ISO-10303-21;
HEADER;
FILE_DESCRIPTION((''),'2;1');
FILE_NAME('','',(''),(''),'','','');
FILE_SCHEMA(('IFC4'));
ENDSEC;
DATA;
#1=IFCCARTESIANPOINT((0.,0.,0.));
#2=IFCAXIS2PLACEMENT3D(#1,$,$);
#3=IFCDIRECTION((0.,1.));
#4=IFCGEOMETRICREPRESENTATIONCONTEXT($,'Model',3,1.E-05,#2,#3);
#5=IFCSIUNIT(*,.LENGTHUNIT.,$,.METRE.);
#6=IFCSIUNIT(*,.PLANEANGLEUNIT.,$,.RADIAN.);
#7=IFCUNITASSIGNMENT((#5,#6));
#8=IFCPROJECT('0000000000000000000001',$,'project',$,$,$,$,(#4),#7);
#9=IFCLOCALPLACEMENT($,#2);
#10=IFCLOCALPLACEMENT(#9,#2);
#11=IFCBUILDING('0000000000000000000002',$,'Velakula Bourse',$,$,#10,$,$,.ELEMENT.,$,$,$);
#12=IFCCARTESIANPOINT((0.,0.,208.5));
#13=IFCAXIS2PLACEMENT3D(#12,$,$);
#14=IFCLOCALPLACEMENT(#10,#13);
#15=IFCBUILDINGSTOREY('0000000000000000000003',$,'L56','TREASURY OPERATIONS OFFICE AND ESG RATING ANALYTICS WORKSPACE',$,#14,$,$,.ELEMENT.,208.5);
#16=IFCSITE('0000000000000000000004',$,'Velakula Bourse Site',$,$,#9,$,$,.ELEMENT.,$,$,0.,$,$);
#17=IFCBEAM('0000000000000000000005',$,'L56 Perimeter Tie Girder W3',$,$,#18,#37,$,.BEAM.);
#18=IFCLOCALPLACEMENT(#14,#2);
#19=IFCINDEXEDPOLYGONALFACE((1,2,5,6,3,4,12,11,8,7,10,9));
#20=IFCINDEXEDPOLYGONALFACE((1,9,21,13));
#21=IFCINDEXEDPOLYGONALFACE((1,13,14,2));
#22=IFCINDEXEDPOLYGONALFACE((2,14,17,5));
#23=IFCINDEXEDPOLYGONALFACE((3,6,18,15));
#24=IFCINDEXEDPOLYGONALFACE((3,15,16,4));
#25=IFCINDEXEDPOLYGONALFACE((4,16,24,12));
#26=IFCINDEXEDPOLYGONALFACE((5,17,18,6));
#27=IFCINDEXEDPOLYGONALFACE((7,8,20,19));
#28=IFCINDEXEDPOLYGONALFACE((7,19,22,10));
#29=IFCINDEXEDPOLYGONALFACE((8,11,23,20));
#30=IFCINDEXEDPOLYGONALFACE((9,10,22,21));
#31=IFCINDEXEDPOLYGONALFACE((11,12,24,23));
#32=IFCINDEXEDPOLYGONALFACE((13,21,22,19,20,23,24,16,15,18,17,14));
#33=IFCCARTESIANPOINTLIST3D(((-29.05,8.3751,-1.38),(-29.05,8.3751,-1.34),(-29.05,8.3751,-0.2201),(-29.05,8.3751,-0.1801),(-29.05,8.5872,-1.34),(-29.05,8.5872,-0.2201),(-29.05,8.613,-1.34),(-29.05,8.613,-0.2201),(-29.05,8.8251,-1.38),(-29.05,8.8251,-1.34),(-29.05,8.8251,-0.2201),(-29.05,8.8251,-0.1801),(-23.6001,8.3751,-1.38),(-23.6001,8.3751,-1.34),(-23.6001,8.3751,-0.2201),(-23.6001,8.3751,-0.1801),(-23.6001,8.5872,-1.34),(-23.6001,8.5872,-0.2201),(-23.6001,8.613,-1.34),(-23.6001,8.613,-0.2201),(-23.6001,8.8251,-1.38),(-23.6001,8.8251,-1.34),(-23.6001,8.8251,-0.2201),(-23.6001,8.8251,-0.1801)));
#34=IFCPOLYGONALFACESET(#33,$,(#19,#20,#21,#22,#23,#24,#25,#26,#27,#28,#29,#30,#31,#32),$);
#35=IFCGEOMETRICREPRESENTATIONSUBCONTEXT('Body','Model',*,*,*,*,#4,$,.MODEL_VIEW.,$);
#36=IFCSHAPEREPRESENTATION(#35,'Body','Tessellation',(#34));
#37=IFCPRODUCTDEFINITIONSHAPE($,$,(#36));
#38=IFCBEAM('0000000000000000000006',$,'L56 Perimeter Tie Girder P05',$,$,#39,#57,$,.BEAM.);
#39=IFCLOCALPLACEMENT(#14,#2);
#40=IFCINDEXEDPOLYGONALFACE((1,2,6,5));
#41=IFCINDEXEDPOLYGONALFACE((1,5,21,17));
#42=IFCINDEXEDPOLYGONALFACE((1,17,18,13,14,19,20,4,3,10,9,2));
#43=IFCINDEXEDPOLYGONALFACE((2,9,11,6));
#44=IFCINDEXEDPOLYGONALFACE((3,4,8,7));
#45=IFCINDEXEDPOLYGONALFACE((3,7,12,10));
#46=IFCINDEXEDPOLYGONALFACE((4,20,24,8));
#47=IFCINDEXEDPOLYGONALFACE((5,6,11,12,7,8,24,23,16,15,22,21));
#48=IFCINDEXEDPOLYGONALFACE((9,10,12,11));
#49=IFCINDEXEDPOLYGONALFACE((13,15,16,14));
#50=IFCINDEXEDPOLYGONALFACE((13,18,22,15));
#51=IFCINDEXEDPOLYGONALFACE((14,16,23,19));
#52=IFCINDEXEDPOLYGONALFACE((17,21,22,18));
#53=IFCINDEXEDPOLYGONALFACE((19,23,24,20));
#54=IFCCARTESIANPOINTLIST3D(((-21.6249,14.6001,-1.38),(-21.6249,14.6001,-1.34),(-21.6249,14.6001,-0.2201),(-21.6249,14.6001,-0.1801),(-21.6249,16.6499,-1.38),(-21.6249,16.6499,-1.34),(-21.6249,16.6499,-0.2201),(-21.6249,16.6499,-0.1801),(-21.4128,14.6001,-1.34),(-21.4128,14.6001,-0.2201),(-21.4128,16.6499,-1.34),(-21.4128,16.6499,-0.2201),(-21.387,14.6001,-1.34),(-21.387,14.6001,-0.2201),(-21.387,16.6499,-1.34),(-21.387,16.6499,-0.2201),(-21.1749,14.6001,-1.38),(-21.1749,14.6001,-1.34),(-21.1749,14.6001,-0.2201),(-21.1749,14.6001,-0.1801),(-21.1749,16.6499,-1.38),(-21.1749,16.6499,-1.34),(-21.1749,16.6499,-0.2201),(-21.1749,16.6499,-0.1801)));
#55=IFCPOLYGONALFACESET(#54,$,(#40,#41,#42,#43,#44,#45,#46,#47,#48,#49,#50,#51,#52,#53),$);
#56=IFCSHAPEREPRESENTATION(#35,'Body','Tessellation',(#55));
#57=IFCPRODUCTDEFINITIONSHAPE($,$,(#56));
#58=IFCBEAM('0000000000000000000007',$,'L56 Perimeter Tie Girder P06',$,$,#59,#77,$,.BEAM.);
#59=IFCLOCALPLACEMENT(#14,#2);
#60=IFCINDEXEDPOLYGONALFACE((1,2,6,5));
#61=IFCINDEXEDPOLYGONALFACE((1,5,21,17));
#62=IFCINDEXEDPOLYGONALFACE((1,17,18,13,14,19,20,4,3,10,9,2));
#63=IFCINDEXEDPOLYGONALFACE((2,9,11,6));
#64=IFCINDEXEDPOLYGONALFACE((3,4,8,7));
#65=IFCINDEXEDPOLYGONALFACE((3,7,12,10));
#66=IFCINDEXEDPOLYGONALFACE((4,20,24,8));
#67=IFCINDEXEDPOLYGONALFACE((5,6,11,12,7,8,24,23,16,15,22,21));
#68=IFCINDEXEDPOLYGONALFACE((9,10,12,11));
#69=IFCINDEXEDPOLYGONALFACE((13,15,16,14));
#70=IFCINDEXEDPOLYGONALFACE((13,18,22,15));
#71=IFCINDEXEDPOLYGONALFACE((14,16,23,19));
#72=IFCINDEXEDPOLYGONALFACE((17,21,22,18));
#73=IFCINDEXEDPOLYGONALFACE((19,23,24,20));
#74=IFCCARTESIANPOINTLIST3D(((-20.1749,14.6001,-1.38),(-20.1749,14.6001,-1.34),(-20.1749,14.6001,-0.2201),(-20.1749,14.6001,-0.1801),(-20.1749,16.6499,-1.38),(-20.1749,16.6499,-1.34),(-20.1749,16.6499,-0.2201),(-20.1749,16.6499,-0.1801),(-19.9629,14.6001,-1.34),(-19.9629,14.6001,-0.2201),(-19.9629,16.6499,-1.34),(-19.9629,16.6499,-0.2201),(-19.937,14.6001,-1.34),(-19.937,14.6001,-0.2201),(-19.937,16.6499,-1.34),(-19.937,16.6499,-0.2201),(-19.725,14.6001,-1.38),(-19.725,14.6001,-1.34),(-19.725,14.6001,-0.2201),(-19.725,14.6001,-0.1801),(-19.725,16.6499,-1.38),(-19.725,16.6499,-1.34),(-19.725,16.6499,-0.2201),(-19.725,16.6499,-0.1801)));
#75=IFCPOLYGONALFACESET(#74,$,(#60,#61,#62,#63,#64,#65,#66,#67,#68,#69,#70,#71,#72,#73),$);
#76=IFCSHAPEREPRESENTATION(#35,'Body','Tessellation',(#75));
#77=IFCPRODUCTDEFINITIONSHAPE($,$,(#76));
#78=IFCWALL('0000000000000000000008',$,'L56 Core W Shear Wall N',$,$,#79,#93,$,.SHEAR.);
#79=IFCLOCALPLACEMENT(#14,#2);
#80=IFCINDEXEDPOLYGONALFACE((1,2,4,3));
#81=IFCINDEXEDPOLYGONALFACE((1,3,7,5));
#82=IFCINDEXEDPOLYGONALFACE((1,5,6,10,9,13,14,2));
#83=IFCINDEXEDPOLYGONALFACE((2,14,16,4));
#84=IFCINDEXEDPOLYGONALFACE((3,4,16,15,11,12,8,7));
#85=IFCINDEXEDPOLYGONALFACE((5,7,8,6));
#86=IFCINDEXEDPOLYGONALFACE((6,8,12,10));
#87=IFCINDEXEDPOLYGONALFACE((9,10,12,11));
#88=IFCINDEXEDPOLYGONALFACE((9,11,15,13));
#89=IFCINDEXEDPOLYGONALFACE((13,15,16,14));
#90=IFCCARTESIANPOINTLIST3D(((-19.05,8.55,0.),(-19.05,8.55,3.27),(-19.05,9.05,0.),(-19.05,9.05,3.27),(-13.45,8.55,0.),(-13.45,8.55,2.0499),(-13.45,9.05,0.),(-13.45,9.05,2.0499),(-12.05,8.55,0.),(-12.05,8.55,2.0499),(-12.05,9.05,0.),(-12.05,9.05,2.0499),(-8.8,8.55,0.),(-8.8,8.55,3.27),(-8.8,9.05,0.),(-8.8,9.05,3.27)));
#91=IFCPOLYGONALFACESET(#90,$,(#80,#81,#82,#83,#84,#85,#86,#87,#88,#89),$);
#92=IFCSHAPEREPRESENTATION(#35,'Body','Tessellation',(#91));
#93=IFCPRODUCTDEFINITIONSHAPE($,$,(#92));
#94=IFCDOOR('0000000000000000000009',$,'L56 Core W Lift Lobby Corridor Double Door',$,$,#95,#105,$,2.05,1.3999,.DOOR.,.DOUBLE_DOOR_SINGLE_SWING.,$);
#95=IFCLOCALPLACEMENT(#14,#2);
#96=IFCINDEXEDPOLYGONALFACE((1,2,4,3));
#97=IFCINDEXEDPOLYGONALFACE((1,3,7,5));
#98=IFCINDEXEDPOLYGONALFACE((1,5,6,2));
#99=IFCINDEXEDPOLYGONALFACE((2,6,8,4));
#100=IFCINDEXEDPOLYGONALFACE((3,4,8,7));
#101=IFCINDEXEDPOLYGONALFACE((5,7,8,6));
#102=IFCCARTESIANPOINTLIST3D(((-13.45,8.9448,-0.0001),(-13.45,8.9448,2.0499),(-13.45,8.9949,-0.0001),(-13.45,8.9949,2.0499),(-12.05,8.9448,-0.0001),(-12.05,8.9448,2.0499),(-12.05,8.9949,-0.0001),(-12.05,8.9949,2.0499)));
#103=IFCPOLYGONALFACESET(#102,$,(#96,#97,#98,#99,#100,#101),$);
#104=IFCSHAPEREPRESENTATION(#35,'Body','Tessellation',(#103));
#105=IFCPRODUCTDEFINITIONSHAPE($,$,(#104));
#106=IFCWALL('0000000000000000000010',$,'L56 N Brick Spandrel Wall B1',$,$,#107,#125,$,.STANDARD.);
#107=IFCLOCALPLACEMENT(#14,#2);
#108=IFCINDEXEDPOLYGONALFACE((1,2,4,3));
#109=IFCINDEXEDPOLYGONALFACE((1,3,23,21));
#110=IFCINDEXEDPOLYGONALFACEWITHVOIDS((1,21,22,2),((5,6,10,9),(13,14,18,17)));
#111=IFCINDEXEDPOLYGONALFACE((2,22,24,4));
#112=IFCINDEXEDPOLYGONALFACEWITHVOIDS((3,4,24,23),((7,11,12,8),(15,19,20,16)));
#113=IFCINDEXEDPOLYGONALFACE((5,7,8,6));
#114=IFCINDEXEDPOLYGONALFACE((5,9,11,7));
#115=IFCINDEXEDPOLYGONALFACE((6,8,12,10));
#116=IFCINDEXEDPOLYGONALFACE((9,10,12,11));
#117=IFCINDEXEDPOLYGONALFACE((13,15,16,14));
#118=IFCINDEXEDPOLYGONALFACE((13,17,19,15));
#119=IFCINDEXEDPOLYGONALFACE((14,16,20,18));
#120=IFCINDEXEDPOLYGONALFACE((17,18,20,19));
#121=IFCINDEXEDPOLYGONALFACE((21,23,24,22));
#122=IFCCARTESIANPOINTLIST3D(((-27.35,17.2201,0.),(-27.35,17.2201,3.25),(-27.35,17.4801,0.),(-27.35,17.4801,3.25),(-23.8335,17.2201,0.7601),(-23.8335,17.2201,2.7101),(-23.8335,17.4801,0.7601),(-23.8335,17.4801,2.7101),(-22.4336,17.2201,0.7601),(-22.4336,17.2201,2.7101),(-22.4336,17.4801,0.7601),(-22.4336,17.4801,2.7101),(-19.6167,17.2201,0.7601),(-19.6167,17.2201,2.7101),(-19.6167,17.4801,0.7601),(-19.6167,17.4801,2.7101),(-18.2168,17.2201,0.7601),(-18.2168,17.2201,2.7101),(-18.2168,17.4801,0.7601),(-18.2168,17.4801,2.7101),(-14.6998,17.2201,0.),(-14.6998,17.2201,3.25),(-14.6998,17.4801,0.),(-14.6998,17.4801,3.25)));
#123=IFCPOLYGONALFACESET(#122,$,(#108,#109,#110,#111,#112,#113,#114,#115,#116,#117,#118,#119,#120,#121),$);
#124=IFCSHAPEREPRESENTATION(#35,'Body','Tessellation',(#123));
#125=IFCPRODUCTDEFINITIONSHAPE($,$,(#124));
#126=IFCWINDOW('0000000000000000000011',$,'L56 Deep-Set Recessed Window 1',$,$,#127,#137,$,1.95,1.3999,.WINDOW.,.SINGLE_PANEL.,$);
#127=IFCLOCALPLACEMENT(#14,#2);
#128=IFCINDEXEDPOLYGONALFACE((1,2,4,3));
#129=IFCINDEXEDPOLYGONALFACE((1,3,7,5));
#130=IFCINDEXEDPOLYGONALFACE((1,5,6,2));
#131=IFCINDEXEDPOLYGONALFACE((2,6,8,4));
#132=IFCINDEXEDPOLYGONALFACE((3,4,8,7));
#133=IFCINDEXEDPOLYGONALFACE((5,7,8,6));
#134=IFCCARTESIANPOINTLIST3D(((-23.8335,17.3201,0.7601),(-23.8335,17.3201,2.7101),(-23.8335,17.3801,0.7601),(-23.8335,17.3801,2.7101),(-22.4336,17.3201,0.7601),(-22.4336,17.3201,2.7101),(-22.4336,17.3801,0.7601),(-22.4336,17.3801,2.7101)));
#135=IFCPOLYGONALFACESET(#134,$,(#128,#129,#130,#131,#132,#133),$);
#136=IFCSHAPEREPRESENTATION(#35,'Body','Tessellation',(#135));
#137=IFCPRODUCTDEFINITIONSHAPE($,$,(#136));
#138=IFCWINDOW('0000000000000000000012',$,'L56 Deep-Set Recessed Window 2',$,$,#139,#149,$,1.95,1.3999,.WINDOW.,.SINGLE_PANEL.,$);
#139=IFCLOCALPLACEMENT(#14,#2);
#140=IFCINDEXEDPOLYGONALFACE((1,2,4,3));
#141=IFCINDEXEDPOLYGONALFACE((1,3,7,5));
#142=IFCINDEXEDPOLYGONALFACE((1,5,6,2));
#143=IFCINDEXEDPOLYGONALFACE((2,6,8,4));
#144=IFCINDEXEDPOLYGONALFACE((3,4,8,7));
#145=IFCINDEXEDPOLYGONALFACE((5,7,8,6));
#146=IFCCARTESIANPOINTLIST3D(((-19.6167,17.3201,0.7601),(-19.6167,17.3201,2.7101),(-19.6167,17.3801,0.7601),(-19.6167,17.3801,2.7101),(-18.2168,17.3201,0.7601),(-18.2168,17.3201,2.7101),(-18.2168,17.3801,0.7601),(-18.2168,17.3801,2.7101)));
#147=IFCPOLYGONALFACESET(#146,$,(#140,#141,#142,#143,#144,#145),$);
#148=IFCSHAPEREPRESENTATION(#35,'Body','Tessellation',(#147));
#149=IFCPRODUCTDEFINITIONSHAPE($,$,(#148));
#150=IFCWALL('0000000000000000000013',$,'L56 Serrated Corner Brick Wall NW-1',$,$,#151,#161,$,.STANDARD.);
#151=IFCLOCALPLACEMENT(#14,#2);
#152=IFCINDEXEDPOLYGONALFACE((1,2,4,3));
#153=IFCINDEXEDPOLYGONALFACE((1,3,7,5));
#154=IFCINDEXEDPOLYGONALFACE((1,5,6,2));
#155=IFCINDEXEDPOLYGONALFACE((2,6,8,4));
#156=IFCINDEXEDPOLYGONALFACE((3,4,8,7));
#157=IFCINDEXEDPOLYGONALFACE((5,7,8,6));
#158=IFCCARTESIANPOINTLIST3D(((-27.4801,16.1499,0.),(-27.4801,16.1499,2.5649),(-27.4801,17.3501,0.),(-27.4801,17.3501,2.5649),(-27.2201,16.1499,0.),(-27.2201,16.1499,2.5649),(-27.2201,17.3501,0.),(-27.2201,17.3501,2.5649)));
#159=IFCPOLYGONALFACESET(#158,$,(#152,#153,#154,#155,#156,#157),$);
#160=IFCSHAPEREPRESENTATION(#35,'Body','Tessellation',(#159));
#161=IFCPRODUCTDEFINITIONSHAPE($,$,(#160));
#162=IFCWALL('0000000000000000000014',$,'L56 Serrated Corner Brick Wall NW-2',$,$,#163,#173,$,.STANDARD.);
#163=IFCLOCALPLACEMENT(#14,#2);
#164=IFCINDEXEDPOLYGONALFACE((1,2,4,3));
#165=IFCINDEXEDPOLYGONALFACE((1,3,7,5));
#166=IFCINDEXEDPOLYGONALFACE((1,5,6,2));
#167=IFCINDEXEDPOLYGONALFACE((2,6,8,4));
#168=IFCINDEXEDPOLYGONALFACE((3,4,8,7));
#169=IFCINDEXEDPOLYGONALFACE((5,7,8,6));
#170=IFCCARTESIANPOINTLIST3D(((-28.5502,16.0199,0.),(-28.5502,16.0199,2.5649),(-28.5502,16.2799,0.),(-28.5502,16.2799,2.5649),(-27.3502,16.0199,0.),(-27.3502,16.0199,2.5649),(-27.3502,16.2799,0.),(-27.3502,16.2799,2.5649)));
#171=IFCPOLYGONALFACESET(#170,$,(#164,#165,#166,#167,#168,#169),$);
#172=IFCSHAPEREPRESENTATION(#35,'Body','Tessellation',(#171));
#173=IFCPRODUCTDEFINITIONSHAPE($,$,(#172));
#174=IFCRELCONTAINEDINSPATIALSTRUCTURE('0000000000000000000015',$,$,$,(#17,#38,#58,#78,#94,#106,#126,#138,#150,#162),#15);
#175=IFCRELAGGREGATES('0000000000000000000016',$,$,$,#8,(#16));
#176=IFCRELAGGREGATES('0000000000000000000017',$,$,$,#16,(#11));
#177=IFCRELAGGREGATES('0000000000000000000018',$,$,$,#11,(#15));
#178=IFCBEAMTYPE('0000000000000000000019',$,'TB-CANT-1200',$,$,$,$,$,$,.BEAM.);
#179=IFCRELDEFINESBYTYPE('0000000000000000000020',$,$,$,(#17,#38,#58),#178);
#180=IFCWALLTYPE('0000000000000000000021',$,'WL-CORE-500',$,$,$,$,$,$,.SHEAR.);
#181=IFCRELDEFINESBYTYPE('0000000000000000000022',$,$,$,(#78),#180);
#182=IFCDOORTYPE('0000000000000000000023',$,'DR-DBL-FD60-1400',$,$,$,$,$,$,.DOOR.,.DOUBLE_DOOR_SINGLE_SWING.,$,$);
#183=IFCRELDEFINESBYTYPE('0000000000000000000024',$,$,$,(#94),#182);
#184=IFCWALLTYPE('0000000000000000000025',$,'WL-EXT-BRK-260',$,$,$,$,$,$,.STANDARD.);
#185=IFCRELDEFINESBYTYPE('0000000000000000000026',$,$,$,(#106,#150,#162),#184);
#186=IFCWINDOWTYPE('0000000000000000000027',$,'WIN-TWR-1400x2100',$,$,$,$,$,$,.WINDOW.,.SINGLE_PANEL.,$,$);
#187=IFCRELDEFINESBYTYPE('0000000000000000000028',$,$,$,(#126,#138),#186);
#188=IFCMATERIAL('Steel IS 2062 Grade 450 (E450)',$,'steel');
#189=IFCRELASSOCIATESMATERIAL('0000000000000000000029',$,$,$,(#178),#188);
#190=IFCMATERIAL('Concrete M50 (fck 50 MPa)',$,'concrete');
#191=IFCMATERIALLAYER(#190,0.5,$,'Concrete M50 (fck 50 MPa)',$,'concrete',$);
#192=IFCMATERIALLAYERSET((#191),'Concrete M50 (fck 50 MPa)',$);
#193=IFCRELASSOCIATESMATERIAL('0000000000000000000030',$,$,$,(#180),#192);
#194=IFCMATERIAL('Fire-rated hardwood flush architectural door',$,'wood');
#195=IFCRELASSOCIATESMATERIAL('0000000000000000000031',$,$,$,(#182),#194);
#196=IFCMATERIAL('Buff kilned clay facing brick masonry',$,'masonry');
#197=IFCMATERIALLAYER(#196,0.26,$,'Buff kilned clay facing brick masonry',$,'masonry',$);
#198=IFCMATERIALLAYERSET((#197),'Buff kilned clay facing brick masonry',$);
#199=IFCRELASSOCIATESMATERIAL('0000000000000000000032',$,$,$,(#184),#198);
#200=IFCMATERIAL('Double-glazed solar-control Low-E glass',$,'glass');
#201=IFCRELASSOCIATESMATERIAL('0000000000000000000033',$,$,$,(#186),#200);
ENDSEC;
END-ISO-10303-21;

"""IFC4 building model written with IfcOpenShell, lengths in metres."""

from ifc_helpers import new_model, si_unit, direction, frame, frame_2d, origin, origin_2d, place, context, subcontext, project, spatial, rectangle, i_section, extrude, material, layer, layer_set, material_profile, profile_set, type_object, element, fill, save


model = new_model("IFC4")

# Units and contexts
model_context = context("Model", 3, precision=1e-05, world=origin(), true_north=direction((0.0, 1.0)))
body_context = subcontext(model_context, "Body", "Model", "MODEL_VIEW")
ifc_project = project(units=[si_unit("LENGTHUNIT", "METRE"), si_unit("PLANEANGLEUNIT", "RADIAN")], contexts=[model_context])

# Site, building, storey
site_placement = place(None, origin())
site = spatial("IfcSite", under=ifc_project, at=site_placement, Name="Velakula Bourse Site", CompositionType="ELEMENT", RefElevation=0.0)
building_placement = place(site_placement, origin())
building = spatial("IfcBuilding", under=site, at=building_placement, Name="Velakula Bourse", CompositionType="ELEMENT")
storey_placement = place(building_placement, frame((0.0, 0.0, 208.5)))
storey = spatial("IfcBuildingStorey", under=building, at=storey_placement, Name="L56", Description="TREASURY OPERATIONS OFFICE AND ESG RATING ANALYTICS WORKSPACE", CompositionType="ELEMENT", Elevation=208.5)

# Beams
ifc_material_1 = material(Name="Steel IS 2062 Grade 450 (E450)", Category="steel")
ifc_material_profile_1 = material_profile(ifc_material_1, i_section(OverallWidth=0.45, OverallDepth=1.2, WebThickness=0.0259, FlangeThickness=0.04, at=origin_2d()), Name="Steel IS 2062 Grade 450 (E450)")
ifc_profile_set_1 = profile_set([ifc_material_profile_1], Name="Steel IS 2062 Grade 450 (E450)")
beam_type_1 = type_object("IfcBeamType", Name="TB-CANT-1200", PredefinedType="BEAM", material=ifc_profile_set_1)
beam_1_placement = place(storey_placement, frame((-23.6001, 8.6001, -0.78), z_axis=(-1.0, 0.0, 0.0), x_axis=(0.0, -1.0, 0.0)))
element("IfcBeam", 1, at=beam_1_placement, inside=storey, type_object=beam_type_1, Name="L56 Perimeter Tie Girder W3", PredefinedType="BEAM", context=body_context, shape_type="SweptSolid", body=[
    extrude(i_section(OverallWidth=0.45, OverallDepth=1.2, WebThickness=0.0259, FlangeThickness=0.04, at=origin_2d()), origin(), (0.0, 0.0, 1.0), 5.45),
])
for number, where, z_axis, x_axis, name in (
    (2, (-21.3999, 14.6001, -0.78), (0.0, 1.0, 0.0), (-1.0, 0.0, 0.0), "L56 Perimeter Tie Girder P05"),
    (3, (-19.95, 14.6001, -0.78), (0.0, 1.0, 0.0), (-1.0, 0.0, 0.0), "L56 Perimeter Tie Girder P06"),
):
    element("IfcBeam", number, at=place(storey_placement, frame(where, z_axis=z_axis, x_axis=x_axis)), inside=storey, type_object=beam_type_1, Name=name, PredefinedType="BEAM", context=body_context, shape_type="SweptSolid", body=[
        extrude(i_section(OverallWidth=0.45, OverallDepth=1.2, WebThickness=0.0259, FlangeThickness=0.04, at=origin_2d()), origin(), (0.0, 0.0, 1.0), 2.0498),
    ])

# Wall, opening, door
ifc_material_2 = material(Name="Concrete M50 (fck 50 MPa)", Category="concrete")
ifc_layer_1 = layer(ifc_material_2, 0.5, Name="Concrete M50 (fck 50 MPa)", Category="concrete")
ifc_layer_set_1 = layer_set([ifc_layer_1], Name="Concrete M50 (fck 50 MPa)")
wall_type_1 = type_object("IfcWallType", Name="WL-CORE-500", PredefinedType="SHEAR", material=ifc_layer_set_1)
wall_1_placement = place(storey_placement, frame((-19.05, 8.8, 0.0), z_axis=(0.0, 0.0, 1.0), x_axis=(1.0, 0.0, 0.0)))
wall_1 = element("IfcWall", 4, at=wall_1_placement, inside=storey, type_object=wall_type_1, Name="L56 Core W Shear Wall N", PredefinedType="SHEAR", context=body_context, shape_type="SweptSolid", body=[
    extrude(rectangle(XDim=10.25, YDim=0.5, at=frame_2d((5.125, 0.0))), origin(), (0.0, 0.0, 1.0), 3.27),
])
opening_1_placement = place(wall_1_placement, frame((5.6001, 0.0, 0.0)))
opening_1 = element("IfcOpeningElement", 5, at=opening_1_placement, cuts=wall_1, PredefinedType="OPENING", context=body_context, shape_type="SweptSolid", body=[
    extrude(rectangle(XDim=1.3999, YDim=2.05, at=frame_2d((0.7, 1.0249))), frame((0.0, 0.26, 0.0), z_axis=(0.0, -1.0, 0.0), x_axis=(1.0, 0.0, 0.0)), (0.0, 0.0, 1.0), 0.52),
])
ifc_material_3 = material(Name="Fire-rated hardwood flush architectural door", Category="wood")
door_type_1 = type_object("IfcDoorType", Name="DR-DBL-FD60-1400", OperationType="DOUBLE_DOOR_SINGLE_SWING", PredefinedType="DOOR", material=ifc_material_3)
door_1_placement = place(opening_1_placement, origin())
door_1 = element("IfcDoor", 6, at=door_1_placement, inside=storey, type_object=door_type_1, Name="L56 Core W Lift Lobby Corridor Double Door", OperationType="DOUBLE_DOOR_SINGLE_SWING", OverallHeight=2.05, OverallWidth=1.3999, PredefinedType="DOOR", context=body_context, shape_type="SweptSolid", body=[
    extrude(rectangle(XDim=1.3999, YDim=2.05, at=frame_2d((0.7, 1.0249))), frame((0.0, 0.1948, 0.0), z_axis=(0.0, -1.0, 0.0), x_axis=(1.0, 0.0, 0.0)), (0.0, 0.0, 1.0), 0.05),
])
fill(opening_1, door_1)

# Wall, openings, windows
ifc_material_4 = material(Name="Buff kilned clay facing brick masonry", Category="masonry")
ifc_layer_2 = layer(ifc_material_4, 0.26, Name="Buff kilned clay facing brick masonry", Category="masonry")
ifc_layer_set_2 = layer_set([ifc_layer_2], Name="Buff kilned clay facing brick masonry")
wall_type_2 = type_object("IfcWallType", Name="WL-EXT-BRK-260", PredefinedType="STANDARD", material=ifc_layer_set_2)
wall_2_placement = place(storey_placement, frame((-27.3501, 17.3501, 0.0), z_axis=(0.0, 0.0, 1.0), x_axis=(1.0, 0.0, 0.0)))
wall_2 = element("IfcWall", 7, at=wall_2_placement, inside=storey, type_object=wall_type_2, Name="L56 N Brick Spandrel Wall B1", PredefinedType="STANDARD", context=body_context, shape_type="SweptSolid", body=[
    extrude(rectangle(XDim=12.6501, YDim=0.26, at=frame_2d((6.3252, 0.0))), origin(), (0.0, 0.0, 1.0), 3.25),
])
opening_2_placement = place(wall_2_placement, frame((3.5166, 0.0, 0.76)))
opening_2 = element("IfcOpeningElement", 8, at=opening_2_placement, cuts=wall_2, PredefinedType="OPENING", context=body_context, shape_type="SweptSolid", body=[
    extrude(rectangle(XDim=1.3999, YDim=1.95, at=frame_2d((0.7, 0.9751))), frame((0.0, 0.1399, 0.0), z_axis=(0.0, -1.0, 0.0), x_axis=(1.0, 0.0, 0.0)), (0.0, 0.0, 1.0), 0.28),
])
opening_3_placement = place(wall_2_placement, frame((7.7334, 0.0, 0.76)))
opening_3 = element("IfcOpeningElement", 9, at=opening_3_placement, cuts=wall_2, PredefinedType="OPENING", context=body_context, shape_type="SweptSolid", body=[
    extrude(rectangle(XDim=1.3999, YDim=1.95, at=frame_2d((0.7, 0.9751))), frame((0.0, 0.1399, 0.0), z_axis=(0.0, -1.0, 0.0), x_axis=(1.0, 0.0, 0.0)), (0.0, 0.0, 1.0), 0.28),
])
ifc_material_5 = material(Name="Double-glazed solar-control Low-E glass", Category="glass")
window_type = type_object("IfcWindowType", Name="WIN-TWR-1400x2100", PartitioningType="SINGLE_PANEL", PredefinedType="WINDOW", material=ifc_material_5)
window_1_placement = place(opening_2_placement, origin())
window_1 = element("IfcWindow", 10, at=window_1_placement, inside=storey, type_object=window_type, Name="L56 Deep-Set Recessed Window 1", OverallHeight=1.95, OverallWidth=1.3999, PartitioningType="SINGLE_PANEL", PredefinedType="WINDOW", context=body_context, shape_type="SweptSolid", body=[
    extrude(rectangle(XDim=1.3999, YDim=1.95, at=frame_2d((0.7, 0.9751))), frame((0.0, 0.03, 0.0), z_axis=(0.0, -1.0, 0.0), x_axis=(1.0, 0.0, 0.0)), (0.0, 0.0, 1.0), 0.0601),
])
fill(opening_2, window_1)
window_2_placement = place(opening_3_placement, origin())
window_2 = element("IfcWindow", 11, at=window_2_placement, inside=storey, type_object=window_type, Name="L56 Deep-Set Recessed Window 2", OverallHeight=1.95, OverallWidth=1.3999, PartitioningType="SINGLE_PANEL", PredefinedType="WINDOW", context=body_context, shape_type="SweptSolid", body=[
    extrude(rectangle(XDim=1.3999, YDim=1.95, at=frame_2d((0.7, 0.9751))), frame((0.0, 0.03, 0.0), z_axis=(0.0, -1.0, 0.0), x_axis=(1.0, 0.0, 0.0)), (0.0, 0.0, 1.0), 0.0601),
])
fill(opening_3, window_2)

# Walls
wall_3_placement = place(storey_placement, frame((-27.3501, 17.3501, 0.0), z_axis=(0.0, 0.0, 1.0), x_axis=(0.0, -1.0, 0.0)))
element("IfcWall", 12, at=wall_3_placement, inside=storey, type_object=wall_type_2, Name="L56 Serrated Corner Brick Wall NW-1", PredefinedType="STANDARD", context=body_context, shape_type="SweptSolid", body=[
    extrude(rectangle(XDim=1.2002, YDim=0.26, at=frame_2d((0.6001, 0.0))), origin(), (0.0, 0.0, 1.0), 2.5649),
])
for number, where, z_axis, x_axis, name in (
    (13, (-27.3501, 16.1499, 0.0), (0.0, 0.0, 1.0), (-1.0, 0.0, 0.0), "L56 Serrated Corner Brick Wall NW-2"),
):
    element("IfcWall", number, at=place(storey_placement, frame(where, z_axis=z_axis, x_axis=x_axis)), inside=storey, type_object=wall_type_2, Name=name, PredefinedType="STANDARD", context=body_context, shape_type="SweptSolid", body=[
        extrude(rectangle(XDim=1.2, YDim=0.26, at=frame_2d((0.6001, 0.0))), origin(), (0.0, 0.0, 1.0), 2.5649),
    ])

save(model, "model.ifc")
